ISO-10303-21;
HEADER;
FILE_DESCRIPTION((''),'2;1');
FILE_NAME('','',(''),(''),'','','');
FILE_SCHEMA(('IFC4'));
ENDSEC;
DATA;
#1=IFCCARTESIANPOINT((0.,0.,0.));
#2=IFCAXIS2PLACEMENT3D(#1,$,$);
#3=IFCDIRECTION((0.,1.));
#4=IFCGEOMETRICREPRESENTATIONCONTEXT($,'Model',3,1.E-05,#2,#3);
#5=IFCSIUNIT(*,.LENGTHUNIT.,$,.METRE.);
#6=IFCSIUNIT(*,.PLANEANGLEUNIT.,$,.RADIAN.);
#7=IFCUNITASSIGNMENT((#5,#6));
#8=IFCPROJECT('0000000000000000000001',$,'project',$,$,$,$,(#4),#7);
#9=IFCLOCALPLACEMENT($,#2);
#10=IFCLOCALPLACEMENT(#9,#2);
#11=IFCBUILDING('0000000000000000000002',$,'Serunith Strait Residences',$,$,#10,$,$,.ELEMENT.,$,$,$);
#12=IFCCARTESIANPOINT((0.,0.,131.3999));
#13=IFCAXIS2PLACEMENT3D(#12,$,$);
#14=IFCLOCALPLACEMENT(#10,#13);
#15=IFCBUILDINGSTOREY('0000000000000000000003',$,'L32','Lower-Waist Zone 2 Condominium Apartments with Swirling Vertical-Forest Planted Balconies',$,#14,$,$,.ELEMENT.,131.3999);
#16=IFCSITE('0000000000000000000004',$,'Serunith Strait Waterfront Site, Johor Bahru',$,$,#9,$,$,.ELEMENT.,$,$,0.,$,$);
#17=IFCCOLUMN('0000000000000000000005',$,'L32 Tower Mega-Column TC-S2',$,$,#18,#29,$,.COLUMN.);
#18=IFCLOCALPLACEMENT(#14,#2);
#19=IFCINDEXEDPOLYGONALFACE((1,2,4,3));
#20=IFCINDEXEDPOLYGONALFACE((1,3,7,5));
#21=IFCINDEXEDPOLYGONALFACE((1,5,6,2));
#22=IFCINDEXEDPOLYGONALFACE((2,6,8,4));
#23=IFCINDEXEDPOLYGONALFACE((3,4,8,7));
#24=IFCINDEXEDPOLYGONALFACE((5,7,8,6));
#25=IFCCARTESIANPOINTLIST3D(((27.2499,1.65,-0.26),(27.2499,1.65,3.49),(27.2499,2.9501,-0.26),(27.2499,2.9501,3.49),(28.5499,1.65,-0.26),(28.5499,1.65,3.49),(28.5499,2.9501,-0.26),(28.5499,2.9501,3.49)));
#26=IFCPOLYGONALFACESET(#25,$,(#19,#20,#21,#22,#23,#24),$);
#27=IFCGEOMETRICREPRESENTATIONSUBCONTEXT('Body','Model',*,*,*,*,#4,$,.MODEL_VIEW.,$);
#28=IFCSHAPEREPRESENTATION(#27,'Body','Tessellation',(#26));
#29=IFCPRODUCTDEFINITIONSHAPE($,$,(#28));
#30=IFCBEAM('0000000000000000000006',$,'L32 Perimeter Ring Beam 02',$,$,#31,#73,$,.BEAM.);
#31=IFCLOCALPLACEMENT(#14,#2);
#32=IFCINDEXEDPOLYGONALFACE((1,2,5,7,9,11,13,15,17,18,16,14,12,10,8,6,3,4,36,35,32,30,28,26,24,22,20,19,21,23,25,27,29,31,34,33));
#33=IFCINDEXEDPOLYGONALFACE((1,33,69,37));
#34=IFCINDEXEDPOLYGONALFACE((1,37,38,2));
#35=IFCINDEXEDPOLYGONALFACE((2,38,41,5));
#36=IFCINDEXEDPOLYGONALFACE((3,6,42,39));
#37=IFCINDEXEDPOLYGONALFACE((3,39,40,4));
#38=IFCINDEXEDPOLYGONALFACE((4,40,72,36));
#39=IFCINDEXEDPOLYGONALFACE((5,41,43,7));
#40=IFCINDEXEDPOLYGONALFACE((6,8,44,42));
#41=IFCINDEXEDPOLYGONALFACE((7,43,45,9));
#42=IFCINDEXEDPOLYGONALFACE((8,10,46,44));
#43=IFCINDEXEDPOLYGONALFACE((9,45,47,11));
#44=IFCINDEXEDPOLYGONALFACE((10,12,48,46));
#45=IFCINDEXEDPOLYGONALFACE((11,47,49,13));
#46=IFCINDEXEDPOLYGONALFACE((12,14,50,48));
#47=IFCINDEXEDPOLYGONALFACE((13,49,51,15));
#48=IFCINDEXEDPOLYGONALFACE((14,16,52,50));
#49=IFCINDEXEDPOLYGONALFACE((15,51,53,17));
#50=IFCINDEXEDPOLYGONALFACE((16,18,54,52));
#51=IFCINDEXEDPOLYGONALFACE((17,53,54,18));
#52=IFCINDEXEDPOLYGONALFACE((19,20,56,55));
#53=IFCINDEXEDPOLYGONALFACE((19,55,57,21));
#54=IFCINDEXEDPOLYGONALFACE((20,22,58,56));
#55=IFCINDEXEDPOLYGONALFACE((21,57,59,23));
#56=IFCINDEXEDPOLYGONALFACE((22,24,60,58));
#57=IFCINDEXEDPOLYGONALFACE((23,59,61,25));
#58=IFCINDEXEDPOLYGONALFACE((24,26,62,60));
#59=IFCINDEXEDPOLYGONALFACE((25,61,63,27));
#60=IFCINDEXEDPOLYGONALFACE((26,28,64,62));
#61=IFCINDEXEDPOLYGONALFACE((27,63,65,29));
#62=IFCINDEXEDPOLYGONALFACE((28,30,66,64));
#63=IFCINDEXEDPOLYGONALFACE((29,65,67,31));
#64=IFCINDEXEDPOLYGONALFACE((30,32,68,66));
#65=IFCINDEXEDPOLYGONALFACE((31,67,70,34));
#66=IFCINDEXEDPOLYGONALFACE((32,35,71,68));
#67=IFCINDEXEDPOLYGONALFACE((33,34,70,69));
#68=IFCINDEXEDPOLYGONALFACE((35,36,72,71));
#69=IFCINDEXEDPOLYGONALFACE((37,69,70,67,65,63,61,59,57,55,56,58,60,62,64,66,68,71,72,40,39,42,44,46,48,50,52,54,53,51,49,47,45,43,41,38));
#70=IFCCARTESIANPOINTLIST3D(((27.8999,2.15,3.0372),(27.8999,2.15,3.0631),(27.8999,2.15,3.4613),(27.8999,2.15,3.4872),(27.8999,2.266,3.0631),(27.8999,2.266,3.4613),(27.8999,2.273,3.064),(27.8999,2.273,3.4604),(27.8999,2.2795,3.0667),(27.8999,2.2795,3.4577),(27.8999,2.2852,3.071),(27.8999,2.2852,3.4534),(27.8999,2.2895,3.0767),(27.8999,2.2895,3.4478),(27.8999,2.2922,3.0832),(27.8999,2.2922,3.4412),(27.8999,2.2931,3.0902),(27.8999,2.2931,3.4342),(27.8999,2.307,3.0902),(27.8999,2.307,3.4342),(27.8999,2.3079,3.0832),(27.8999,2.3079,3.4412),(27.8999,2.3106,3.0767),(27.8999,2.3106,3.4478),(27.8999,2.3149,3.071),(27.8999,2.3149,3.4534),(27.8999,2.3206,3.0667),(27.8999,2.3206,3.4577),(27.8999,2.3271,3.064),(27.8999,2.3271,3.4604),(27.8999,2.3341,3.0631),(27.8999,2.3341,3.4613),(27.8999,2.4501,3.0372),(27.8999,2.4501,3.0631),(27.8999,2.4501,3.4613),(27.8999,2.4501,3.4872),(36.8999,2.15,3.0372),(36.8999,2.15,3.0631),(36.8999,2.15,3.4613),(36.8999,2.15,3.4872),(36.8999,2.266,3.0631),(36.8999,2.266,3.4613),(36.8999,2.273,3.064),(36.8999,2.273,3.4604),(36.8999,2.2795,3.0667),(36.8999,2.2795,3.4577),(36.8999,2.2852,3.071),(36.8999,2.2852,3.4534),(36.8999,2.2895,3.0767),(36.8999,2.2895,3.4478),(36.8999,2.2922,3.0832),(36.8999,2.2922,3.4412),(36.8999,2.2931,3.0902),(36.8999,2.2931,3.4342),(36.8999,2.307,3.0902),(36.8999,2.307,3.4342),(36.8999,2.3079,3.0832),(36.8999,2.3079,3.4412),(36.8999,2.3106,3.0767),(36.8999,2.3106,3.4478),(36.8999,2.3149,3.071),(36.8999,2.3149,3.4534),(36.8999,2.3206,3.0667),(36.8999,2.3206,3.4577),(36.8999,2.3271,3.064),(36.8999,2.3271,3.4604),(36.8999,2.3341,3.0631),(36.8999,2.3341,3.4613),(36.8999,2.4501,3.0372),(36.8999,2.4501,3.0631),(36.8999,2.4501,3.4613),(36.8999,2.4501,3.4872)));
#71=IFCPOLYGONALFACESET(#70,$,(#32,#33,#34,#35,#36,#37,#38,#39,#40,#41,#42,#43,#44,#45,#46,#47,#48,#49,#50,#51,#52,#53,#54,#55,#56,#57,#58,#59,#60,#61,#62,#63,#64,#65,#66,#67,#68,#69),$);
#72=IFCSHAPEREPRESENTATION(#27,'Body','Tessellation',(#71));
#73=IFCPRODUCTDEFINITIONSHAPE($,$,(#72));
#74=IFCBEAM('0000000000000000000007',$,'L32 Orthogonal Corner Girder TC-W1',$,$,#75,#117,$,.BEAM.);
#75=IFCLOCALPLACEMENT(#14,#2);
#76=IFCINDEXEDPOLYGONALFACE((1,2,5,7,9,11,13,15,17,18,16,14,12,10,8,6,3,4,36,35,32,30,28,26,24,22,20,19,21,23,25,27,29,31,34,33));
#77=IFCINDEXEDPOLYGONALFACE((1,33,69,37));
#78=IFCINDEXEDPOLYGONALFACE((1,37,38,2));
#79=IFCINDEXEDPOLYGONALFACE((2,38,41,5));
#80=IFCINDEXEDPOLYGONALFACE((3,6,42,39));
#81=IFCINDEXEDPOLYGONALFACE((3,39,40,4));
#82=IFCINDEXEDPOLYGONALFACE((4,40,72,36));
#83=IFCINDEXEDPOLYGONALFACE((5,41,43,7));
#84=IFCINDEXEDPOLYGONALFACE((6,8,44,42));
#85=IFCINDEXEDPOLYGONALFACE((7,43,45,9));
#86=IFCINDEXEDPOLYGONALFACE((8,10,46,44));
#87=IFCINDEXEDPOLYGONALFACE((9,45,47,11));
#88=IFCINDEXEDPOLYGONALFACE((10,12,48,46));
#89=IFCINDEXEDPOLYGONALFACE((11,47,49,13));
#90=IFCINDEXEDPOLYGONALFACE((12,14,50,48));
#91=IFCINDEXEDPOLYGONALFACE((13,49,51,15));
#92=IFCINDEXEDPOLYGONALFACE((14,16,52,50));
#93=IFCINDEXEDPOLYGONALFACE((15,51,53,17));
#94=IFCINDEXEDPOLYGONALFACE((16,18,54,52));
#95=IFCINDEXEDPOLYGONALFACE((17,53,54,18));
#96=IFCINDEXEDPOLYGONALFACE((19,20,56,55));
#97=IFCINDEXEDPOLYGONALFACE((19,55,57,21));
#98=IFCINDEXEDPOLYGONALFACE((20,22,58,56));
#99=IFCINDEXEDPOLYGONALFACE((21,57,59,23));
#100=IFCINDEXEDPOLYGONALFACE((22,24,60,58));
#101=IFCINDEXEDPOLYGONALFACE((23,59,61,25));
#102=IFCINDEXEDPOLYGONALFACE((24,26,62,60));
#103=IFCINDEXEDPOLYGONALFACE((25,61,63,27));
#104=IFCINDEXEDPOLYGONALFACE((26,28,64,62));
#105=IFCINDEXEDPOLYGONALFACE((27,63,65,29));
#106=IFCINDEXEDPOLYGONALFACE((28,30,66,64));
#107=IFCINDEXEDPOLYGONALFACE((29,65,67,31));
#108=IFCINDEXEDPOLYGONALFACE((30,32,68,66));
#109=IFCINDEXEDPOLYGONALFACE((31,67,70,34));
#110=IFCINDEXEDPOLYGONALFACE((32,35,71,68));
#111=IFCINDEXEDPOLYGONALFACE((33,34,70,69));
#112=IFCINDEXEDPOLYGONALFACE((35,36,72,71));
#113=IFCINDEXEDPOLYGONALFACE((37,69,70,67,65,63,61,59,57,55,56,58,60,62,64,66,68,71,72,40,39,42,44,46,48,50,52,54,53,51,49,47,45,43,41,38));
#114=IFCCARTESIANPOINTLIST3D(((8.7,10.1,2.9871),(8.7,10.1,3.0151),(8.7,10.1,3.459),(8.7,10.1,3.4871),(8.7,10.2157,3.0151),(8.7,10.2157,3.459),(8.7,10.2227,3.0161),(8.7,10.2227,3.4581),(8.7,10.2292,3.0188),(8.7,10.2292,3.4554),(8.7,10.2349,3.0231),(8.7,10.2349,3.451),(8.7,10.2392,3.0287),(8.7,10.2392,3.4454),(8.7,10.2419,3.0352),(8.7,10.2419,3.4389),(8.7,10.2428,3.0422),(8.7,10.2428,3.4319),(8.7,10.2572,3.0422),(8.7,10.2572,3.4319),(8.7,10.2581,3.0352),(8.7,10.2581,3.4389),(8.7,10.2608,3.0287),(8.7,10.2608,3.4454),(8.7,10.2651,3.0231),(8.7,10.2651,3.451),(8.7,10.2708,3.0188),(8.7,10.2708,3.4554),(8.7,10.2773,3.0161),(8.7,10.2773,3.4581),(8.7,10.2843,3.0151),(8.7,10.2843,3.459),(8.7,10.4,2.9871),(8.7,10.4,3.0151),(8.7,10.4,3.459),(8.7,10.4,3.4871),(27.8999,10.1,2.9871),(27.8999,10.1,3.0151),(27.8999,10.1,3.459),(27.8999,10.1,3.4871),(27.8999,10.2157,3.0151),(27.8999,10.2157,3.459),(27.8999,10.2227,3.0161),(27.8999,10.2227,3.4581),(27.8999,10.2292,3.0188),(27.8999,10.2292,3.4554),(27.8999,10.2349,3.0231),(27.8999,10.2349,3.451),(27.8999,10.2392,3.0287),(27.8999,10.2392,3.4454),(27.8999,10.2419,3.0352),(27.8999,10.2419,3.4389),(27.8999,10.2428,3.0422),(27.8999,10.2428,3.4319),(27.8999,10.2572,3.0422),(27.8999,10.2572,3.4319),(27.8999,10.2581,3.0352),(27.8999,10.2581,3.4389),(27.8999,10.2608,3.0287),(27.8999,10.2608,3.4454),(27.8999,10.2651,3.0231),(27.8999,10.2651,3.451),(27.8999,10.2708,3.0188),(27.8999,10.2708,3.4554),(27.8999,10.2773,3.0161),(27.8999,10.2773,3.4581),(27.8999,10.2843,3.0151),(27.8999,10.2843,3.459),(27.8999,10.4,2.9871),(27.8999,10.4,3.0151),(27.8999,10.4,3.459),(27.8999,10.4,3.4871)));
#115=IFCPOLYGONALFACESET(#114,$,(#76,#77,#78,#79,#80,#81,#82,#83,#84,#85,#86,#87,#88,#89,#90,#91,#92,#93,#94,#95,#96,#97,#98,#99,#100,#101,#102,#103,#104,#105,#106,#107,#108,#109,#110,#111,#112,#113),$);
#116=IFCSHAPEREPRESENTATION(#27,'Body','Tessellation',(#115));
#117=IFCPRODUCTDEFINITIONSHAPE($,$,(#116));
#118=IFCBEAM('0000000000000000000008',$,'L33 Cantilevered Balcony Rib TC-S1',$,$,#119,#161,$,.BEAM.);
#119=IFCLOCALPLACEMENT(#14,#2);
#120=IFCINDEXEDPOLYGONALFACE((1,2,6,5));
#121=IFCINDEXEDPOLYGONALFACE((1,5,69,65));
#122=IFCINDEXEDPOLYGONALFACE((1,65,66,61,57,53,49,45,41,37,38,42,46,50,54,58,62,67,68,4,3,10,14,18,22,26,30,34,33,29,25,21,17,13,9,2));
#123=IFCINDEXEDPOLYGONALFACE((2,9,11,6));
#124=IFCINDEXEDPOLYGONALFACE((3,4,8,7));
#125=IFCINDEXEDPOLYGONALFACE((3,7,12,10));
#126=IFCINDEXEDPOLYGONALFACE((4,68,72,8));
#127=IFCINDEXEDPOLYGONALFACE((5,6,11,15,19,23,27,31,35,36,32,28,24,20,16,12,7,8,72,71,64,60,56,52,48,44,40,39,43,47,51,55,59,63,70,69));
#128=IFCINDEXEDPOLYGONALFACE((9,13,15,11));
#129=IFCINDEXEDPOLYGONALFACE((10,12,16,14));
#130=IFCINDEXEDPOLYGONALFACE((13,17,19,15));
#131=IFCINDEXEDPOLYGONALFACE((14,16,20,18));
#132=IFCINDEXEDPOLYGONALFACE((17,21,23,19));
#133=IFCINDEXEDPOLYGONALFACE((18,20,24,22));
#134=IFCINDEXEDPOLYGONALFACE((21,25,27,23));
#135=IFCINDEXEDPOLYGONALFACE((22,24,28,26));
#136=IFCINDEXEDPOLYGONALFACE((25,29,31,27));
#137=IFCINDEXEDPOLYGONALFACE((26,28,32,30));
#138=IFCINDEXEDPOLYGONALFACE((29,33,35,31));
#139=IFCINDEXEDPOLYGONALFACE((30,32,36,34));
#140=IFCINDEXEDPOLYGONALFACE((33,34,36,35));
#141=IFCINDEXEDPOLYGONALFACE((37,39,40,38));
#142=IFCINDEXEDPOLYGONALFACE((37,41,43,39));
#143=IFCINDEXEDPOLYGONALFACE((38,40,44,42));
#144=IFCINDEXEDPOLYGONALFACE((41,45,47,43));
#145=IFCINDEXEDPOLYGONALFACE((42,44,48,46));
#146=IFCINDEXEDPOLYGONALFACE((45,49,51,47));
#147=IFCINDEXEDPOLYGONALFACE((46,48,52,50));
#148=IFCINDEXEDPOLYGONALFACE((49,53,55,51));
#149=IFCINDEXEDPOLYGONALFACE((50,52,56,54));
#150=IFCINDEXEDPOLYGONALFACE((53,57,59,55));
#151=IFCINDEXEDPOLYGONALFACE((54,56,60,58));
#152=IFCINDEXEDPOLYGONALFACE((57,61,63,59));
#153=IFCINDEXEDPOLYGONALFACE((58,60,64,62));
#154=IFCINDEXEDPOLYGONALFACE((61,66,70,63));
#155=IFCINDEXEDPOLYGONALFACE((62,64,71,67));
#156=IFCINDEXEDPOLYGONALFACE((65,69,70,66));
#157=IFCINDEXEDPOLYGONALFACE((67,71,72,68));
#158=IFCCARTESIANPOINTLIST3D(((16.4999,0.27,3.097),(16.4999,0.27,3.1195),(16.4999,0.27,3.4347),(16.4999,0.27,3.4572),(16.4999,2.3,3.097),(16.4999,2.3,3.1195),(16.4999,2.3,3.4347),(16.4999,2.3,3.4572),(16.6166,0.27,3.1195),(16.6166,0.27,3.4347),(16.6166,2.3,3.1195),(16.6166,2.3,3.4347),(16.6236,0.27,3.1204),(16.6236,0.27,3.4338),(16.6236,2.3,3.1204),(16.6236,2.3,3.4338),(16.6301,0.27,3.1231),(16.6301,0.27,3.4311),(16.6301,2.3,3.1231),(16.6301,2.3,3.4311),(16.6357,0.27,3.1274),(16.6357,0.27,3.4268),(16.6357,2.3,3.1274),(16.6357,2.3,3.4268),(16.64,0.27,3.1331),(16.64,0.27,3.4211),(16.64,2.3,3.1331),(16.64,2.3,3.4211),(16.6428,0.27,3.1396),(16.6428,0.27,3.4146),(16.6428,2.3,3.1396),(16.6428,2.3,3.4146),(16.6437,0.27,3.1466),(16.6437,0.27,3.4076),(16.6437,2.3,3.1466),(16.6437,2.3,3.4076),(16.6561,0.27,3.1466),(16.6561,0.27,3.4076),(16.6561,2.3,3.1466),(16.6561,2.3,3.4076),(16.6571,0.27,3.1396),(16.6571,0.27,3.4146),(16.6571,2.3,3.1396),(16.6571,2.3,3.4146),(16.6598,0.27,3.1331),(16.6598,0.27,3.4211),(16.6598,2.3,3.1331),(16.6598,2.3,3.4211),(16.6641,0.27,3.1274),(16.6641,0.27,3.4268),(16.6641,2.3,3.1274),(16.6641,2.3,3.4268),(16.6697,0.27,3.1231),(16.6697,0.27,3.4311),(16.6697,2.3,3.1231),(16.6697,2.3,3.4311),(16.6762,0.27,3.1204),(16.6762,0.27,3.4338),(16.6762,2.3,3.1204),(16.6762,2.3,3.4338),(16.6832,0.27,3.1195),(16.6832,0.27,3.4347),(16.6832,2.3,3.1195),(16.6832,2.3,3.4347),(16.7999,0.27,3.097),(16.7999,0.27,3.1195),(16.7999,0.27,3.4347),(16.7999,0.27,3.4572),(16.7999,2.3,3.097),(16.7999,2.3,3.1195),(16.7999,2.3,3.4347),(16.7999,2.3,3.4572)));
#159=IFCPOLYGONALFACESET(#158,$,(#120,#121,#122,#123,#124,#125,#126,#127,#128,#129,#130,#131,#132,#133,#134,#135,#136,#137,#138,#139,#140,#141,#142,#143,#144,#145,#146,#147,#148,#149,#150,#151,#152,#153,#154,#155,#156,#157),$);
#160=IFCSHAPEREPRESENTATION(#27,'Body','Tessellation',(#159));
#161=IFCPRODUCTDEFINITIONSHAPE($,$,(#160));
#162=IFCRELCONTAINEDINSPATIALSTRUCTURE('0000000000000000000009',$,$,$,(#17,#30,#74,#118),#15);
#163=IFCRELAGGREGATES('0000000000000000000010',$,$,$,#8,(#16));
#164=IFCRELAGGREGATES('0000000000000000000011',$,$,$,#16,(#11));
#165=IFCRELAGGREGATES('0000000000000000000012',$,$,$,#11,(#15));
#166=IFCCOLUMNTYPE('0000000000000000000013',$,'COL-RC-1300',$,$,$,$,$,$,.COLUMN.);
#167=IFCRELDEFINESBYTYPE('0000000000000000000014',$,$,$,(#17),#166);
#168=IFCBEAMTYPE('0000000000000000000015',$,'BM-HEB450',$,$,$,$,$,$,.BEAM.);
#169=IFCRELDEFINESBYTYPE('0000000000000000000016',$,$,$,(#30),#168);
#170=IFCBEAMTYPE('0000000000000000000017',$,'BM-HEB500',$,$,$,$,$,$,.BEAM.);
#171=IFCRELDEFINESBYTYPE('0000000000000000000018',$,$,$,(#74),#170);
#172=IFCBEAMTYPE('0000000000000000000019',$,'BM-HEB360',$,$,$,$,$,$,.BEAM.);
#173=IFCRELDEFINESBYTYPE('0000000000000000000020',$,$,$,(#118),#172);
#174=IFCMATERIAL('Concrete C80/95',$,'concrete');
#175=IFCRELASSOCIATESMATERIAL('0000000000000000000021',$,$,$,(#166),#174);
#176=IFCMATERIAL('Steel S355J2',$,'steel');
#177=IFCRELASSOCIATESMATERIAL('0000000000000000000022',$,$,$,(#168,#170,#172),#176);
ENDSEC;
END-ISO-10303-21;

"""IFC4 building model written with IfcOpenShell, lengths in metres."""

from ifc_helpers import new_model, si_unit, direction, frame, origin, origin_2d, place, context, subcontext, project, spatial, rectangle, i_section, extrude, source, transform, mapped, material, material_profile, profile_set, type_object, element, save


model = new_model("IFC4")

# Units and contexts
model_context = context("Model", 3, precision=1e-05, world=origin(), true_north=direction((0.0, 1.0)))
body_context = subcontext(model_context, "Body", "Model", "MODEL_VIEW")
ifc_project = project(units=[si_unit("LENGTHUNIT", "METRE"), si_unit("PLANEANGLEUNIT", "RADIAN")], contexts=[model_context])

# Site, building, storey
site_placement = place(None, origin())
site = spatial("IfcSite", under=ifc_project, at=site_placement, Name="Serunith Strait Waterfront Site, Johor Bahru", CompositionType="ELEMENT", RefElevation=0.0)
building_placement = place(site_placement, origin())
building = spatial("IfcBuilding", under=site, at=building_placement, Name="Serunith Strait Residences", CompositionType="ELEMENT")
storey_placement = place(building_placement, frame((0.0, 0.0, 131.3999)))
storey = spatial("IfcBuildingStorey", under=building, at=storey_placement, Name="L32", Description="Lower-Waist Zone 2 Condominium Apartments with Swirling Vertical-Forest Planted Balconies", CompositionType="ELEMENT", Elevation=131.3999)

# Column
ifc_material_1 = material(Name="Concrete C80/95", Category="concrete")
ifc_material_profile_1 = material_profile(ifc_material_1, rectangle(XDim=1.3, YDim=1.3, at=origin_2d()), Name="RC 1300x1300")
ifc_profile_set_1 = profile_set([ifc_material_profile_1], Name="Concrete C80/95")
column_type = type_object("IfcColumnType", Name="COL-RC-1300", PredefinedType="COLUMN", material=ifc_profile_set_1)
shared_shape_1 = source(origin(), body_context, "Body", "SweptSolid", [
    extrude(rectangle(XDim=1.3, YDim=1.3, at=origin_2d()), origin(), (0.0, 0.0, 1.0), 3.75),
])
column_placement = place(storey_placement, frame((27.8999, 2.3, -0.26), z_axis=(0.0, 0.0, 1.0), x_axis=(1.0, 0.0, 0.0)))
element("IfcColumn", 1, at=column_placement, inside=storey, type_object=column_type, Name="L32 Tower Mega-Column TC-S2", PredefinedType="COLUMN", context=body_context, shape_type="MappedRepresentation", body=[
    mapped(shared_shape_1, transform((0.0, 0.0, 0.0), scale=1.0)),
])

# Beams
ifc_material_2 = material(Name="Steel S355J2", Category="steel")
ifc_material_profile_2 = material_profile(ifc_material_2, i_section(OverallWidth=0.3, OverallDepth=0.45, WebThickness=0.0139, FlangeThickness=0.0259, FilletRadius=0.0271, at=origin_2d()), Name="HEB 450")
ifc_profile_set_2 = profile_set([ifc_material_profile_2], Name="Steel S355J2")
beam_type_1 = type_object("IfcBeamType", Name="BM-HEB450", PredefinedType="BEAM", material=ifc_profile_set_2)
shared_shape_2 = source(origin(), body_context, "Body", "SweptSolid", [
    extrude(i_section(OverallWidth=0.3, OverallDepth=0.45, WebThickness=0.0139, FlangeThickness=0.0259, FilletRadius=0.0271, at=origin_2d()), origin(), (0.0, 0.0, 1.0), 9.0),
])
beam_1_placement = place(storey_placement, frame((27.8999, 2.3, 3.2622), z_axis=(1.0, 0.0, 0.0), x_axis=(0.0, 1.0, 0.0)))
element("IfcBeam", 2, at=beam_1_placement, inside=storey, type_object=beam_type_1, Name="L32 Perimeter Ring Beam 02", PredefinedType="BEAM", context=body_context, shape_type="MappedRepresentation", body=[
    mapped(shared_shape_2, transform((0.0, 0.0, 0.0), scale=1.0)),
])
ifc_material_profile_3 = material_profile(ifc_material_2, i_section(OverallWidth=0.3, OverallDepth=0.5, WebThickness=0.0144, FlangeThickness=0.0281, FilletRadius=0.0271, at=origin_2d()), Name="HEB 500")
ifc_profile_set_3 = profile_set([ifc_material_profile_3], Name="Steel S355J2")
beam_type_2 = type_object("IfcBeamType", Name="BM-HEB500", PredefinedType="BEAM", material=ifc_profile_set_3)
shared_shape_3 = source(origin(), body_context, "Body", "SweptSolid", [
    extrude(i_section(OverallWidth=0.3, OverallDepth=0.5, WebThickness=0.0144, FlangeThickness=0.0281, FilletRadius=0.0271, at=origin_2d()), origin(), (0.0, 0.0, 1.0), 19.2),
])
beam_2_placement = place(storey_placement, frame((27.8999, 10.25, 3.2371), z_axis=(-1.0, 0.0, 0.0), x_axis=(0.0, -1.0, 0.0)))
element("IfcBeam", 3, at=beam_2_placement, inside=storey, type_object=beam_type_2, Name="L32 Orthogonal Corner Girder TC-W1", PredefinedType="BEAM", context=body_context, shape_type="MappedRepresentation", body=[
    mapped(shared_shape_3, transform((0.0, 0.0, 0.0), scale=1.0)),
])
ifc_material_profile_4 = material_profile(ifc_material_2, i_section(OverallWidth=0.3, OverallDepth=0.3601, WebThickness=0.0125, FlangeThickness=0.0225, FilletRadius=0.0271, at=origin_2d()), Name="HEB 360")
ifc_profile_set_4 = profile_set([ifc_material_profile_4], Name="Steel S355J2")
beam_type_3 = type_object("IfcBeamType", Name="BM-HEB360", PredefinedType="BEAM", material=ifc_profile_set_4)
shared_shape_4 = source(origin(), body_context, "Body", "SweptSolid", [
    extrude(i_section(OverallWidth=0.3, OverallDepth=0.3601, WebThickness=0.0125, FlangeThickness=0.0225, FilletRadius=0.0271, at=origin_2d()), origin(), (0.0, 0.0, 1.0), 2.03),
])
for number, where, z_axis, x_axis, name in (
    (4, (16.6499, 2.3, 3.2771), (0.0, -1.0, 0.0), (1.0, 0.0, 0.0), "L33 Cantilevered Balcony Rib TC-S1"),
):
    element("IfcBeam", number, at=place(storey_placement, frame(where, z_axis=z_axis, x_axis=x_axis)), inside=storey, type_object=beam_type_3, Name=name, PredefinedType="BEAM", context=body_context, shape_type="MappedRepresentation", body=[
        mapped(shared_shape_4, transform((0.0, 0.0, 0.0), scale=1.0)),
    ])

save(model, "model.ifc")
